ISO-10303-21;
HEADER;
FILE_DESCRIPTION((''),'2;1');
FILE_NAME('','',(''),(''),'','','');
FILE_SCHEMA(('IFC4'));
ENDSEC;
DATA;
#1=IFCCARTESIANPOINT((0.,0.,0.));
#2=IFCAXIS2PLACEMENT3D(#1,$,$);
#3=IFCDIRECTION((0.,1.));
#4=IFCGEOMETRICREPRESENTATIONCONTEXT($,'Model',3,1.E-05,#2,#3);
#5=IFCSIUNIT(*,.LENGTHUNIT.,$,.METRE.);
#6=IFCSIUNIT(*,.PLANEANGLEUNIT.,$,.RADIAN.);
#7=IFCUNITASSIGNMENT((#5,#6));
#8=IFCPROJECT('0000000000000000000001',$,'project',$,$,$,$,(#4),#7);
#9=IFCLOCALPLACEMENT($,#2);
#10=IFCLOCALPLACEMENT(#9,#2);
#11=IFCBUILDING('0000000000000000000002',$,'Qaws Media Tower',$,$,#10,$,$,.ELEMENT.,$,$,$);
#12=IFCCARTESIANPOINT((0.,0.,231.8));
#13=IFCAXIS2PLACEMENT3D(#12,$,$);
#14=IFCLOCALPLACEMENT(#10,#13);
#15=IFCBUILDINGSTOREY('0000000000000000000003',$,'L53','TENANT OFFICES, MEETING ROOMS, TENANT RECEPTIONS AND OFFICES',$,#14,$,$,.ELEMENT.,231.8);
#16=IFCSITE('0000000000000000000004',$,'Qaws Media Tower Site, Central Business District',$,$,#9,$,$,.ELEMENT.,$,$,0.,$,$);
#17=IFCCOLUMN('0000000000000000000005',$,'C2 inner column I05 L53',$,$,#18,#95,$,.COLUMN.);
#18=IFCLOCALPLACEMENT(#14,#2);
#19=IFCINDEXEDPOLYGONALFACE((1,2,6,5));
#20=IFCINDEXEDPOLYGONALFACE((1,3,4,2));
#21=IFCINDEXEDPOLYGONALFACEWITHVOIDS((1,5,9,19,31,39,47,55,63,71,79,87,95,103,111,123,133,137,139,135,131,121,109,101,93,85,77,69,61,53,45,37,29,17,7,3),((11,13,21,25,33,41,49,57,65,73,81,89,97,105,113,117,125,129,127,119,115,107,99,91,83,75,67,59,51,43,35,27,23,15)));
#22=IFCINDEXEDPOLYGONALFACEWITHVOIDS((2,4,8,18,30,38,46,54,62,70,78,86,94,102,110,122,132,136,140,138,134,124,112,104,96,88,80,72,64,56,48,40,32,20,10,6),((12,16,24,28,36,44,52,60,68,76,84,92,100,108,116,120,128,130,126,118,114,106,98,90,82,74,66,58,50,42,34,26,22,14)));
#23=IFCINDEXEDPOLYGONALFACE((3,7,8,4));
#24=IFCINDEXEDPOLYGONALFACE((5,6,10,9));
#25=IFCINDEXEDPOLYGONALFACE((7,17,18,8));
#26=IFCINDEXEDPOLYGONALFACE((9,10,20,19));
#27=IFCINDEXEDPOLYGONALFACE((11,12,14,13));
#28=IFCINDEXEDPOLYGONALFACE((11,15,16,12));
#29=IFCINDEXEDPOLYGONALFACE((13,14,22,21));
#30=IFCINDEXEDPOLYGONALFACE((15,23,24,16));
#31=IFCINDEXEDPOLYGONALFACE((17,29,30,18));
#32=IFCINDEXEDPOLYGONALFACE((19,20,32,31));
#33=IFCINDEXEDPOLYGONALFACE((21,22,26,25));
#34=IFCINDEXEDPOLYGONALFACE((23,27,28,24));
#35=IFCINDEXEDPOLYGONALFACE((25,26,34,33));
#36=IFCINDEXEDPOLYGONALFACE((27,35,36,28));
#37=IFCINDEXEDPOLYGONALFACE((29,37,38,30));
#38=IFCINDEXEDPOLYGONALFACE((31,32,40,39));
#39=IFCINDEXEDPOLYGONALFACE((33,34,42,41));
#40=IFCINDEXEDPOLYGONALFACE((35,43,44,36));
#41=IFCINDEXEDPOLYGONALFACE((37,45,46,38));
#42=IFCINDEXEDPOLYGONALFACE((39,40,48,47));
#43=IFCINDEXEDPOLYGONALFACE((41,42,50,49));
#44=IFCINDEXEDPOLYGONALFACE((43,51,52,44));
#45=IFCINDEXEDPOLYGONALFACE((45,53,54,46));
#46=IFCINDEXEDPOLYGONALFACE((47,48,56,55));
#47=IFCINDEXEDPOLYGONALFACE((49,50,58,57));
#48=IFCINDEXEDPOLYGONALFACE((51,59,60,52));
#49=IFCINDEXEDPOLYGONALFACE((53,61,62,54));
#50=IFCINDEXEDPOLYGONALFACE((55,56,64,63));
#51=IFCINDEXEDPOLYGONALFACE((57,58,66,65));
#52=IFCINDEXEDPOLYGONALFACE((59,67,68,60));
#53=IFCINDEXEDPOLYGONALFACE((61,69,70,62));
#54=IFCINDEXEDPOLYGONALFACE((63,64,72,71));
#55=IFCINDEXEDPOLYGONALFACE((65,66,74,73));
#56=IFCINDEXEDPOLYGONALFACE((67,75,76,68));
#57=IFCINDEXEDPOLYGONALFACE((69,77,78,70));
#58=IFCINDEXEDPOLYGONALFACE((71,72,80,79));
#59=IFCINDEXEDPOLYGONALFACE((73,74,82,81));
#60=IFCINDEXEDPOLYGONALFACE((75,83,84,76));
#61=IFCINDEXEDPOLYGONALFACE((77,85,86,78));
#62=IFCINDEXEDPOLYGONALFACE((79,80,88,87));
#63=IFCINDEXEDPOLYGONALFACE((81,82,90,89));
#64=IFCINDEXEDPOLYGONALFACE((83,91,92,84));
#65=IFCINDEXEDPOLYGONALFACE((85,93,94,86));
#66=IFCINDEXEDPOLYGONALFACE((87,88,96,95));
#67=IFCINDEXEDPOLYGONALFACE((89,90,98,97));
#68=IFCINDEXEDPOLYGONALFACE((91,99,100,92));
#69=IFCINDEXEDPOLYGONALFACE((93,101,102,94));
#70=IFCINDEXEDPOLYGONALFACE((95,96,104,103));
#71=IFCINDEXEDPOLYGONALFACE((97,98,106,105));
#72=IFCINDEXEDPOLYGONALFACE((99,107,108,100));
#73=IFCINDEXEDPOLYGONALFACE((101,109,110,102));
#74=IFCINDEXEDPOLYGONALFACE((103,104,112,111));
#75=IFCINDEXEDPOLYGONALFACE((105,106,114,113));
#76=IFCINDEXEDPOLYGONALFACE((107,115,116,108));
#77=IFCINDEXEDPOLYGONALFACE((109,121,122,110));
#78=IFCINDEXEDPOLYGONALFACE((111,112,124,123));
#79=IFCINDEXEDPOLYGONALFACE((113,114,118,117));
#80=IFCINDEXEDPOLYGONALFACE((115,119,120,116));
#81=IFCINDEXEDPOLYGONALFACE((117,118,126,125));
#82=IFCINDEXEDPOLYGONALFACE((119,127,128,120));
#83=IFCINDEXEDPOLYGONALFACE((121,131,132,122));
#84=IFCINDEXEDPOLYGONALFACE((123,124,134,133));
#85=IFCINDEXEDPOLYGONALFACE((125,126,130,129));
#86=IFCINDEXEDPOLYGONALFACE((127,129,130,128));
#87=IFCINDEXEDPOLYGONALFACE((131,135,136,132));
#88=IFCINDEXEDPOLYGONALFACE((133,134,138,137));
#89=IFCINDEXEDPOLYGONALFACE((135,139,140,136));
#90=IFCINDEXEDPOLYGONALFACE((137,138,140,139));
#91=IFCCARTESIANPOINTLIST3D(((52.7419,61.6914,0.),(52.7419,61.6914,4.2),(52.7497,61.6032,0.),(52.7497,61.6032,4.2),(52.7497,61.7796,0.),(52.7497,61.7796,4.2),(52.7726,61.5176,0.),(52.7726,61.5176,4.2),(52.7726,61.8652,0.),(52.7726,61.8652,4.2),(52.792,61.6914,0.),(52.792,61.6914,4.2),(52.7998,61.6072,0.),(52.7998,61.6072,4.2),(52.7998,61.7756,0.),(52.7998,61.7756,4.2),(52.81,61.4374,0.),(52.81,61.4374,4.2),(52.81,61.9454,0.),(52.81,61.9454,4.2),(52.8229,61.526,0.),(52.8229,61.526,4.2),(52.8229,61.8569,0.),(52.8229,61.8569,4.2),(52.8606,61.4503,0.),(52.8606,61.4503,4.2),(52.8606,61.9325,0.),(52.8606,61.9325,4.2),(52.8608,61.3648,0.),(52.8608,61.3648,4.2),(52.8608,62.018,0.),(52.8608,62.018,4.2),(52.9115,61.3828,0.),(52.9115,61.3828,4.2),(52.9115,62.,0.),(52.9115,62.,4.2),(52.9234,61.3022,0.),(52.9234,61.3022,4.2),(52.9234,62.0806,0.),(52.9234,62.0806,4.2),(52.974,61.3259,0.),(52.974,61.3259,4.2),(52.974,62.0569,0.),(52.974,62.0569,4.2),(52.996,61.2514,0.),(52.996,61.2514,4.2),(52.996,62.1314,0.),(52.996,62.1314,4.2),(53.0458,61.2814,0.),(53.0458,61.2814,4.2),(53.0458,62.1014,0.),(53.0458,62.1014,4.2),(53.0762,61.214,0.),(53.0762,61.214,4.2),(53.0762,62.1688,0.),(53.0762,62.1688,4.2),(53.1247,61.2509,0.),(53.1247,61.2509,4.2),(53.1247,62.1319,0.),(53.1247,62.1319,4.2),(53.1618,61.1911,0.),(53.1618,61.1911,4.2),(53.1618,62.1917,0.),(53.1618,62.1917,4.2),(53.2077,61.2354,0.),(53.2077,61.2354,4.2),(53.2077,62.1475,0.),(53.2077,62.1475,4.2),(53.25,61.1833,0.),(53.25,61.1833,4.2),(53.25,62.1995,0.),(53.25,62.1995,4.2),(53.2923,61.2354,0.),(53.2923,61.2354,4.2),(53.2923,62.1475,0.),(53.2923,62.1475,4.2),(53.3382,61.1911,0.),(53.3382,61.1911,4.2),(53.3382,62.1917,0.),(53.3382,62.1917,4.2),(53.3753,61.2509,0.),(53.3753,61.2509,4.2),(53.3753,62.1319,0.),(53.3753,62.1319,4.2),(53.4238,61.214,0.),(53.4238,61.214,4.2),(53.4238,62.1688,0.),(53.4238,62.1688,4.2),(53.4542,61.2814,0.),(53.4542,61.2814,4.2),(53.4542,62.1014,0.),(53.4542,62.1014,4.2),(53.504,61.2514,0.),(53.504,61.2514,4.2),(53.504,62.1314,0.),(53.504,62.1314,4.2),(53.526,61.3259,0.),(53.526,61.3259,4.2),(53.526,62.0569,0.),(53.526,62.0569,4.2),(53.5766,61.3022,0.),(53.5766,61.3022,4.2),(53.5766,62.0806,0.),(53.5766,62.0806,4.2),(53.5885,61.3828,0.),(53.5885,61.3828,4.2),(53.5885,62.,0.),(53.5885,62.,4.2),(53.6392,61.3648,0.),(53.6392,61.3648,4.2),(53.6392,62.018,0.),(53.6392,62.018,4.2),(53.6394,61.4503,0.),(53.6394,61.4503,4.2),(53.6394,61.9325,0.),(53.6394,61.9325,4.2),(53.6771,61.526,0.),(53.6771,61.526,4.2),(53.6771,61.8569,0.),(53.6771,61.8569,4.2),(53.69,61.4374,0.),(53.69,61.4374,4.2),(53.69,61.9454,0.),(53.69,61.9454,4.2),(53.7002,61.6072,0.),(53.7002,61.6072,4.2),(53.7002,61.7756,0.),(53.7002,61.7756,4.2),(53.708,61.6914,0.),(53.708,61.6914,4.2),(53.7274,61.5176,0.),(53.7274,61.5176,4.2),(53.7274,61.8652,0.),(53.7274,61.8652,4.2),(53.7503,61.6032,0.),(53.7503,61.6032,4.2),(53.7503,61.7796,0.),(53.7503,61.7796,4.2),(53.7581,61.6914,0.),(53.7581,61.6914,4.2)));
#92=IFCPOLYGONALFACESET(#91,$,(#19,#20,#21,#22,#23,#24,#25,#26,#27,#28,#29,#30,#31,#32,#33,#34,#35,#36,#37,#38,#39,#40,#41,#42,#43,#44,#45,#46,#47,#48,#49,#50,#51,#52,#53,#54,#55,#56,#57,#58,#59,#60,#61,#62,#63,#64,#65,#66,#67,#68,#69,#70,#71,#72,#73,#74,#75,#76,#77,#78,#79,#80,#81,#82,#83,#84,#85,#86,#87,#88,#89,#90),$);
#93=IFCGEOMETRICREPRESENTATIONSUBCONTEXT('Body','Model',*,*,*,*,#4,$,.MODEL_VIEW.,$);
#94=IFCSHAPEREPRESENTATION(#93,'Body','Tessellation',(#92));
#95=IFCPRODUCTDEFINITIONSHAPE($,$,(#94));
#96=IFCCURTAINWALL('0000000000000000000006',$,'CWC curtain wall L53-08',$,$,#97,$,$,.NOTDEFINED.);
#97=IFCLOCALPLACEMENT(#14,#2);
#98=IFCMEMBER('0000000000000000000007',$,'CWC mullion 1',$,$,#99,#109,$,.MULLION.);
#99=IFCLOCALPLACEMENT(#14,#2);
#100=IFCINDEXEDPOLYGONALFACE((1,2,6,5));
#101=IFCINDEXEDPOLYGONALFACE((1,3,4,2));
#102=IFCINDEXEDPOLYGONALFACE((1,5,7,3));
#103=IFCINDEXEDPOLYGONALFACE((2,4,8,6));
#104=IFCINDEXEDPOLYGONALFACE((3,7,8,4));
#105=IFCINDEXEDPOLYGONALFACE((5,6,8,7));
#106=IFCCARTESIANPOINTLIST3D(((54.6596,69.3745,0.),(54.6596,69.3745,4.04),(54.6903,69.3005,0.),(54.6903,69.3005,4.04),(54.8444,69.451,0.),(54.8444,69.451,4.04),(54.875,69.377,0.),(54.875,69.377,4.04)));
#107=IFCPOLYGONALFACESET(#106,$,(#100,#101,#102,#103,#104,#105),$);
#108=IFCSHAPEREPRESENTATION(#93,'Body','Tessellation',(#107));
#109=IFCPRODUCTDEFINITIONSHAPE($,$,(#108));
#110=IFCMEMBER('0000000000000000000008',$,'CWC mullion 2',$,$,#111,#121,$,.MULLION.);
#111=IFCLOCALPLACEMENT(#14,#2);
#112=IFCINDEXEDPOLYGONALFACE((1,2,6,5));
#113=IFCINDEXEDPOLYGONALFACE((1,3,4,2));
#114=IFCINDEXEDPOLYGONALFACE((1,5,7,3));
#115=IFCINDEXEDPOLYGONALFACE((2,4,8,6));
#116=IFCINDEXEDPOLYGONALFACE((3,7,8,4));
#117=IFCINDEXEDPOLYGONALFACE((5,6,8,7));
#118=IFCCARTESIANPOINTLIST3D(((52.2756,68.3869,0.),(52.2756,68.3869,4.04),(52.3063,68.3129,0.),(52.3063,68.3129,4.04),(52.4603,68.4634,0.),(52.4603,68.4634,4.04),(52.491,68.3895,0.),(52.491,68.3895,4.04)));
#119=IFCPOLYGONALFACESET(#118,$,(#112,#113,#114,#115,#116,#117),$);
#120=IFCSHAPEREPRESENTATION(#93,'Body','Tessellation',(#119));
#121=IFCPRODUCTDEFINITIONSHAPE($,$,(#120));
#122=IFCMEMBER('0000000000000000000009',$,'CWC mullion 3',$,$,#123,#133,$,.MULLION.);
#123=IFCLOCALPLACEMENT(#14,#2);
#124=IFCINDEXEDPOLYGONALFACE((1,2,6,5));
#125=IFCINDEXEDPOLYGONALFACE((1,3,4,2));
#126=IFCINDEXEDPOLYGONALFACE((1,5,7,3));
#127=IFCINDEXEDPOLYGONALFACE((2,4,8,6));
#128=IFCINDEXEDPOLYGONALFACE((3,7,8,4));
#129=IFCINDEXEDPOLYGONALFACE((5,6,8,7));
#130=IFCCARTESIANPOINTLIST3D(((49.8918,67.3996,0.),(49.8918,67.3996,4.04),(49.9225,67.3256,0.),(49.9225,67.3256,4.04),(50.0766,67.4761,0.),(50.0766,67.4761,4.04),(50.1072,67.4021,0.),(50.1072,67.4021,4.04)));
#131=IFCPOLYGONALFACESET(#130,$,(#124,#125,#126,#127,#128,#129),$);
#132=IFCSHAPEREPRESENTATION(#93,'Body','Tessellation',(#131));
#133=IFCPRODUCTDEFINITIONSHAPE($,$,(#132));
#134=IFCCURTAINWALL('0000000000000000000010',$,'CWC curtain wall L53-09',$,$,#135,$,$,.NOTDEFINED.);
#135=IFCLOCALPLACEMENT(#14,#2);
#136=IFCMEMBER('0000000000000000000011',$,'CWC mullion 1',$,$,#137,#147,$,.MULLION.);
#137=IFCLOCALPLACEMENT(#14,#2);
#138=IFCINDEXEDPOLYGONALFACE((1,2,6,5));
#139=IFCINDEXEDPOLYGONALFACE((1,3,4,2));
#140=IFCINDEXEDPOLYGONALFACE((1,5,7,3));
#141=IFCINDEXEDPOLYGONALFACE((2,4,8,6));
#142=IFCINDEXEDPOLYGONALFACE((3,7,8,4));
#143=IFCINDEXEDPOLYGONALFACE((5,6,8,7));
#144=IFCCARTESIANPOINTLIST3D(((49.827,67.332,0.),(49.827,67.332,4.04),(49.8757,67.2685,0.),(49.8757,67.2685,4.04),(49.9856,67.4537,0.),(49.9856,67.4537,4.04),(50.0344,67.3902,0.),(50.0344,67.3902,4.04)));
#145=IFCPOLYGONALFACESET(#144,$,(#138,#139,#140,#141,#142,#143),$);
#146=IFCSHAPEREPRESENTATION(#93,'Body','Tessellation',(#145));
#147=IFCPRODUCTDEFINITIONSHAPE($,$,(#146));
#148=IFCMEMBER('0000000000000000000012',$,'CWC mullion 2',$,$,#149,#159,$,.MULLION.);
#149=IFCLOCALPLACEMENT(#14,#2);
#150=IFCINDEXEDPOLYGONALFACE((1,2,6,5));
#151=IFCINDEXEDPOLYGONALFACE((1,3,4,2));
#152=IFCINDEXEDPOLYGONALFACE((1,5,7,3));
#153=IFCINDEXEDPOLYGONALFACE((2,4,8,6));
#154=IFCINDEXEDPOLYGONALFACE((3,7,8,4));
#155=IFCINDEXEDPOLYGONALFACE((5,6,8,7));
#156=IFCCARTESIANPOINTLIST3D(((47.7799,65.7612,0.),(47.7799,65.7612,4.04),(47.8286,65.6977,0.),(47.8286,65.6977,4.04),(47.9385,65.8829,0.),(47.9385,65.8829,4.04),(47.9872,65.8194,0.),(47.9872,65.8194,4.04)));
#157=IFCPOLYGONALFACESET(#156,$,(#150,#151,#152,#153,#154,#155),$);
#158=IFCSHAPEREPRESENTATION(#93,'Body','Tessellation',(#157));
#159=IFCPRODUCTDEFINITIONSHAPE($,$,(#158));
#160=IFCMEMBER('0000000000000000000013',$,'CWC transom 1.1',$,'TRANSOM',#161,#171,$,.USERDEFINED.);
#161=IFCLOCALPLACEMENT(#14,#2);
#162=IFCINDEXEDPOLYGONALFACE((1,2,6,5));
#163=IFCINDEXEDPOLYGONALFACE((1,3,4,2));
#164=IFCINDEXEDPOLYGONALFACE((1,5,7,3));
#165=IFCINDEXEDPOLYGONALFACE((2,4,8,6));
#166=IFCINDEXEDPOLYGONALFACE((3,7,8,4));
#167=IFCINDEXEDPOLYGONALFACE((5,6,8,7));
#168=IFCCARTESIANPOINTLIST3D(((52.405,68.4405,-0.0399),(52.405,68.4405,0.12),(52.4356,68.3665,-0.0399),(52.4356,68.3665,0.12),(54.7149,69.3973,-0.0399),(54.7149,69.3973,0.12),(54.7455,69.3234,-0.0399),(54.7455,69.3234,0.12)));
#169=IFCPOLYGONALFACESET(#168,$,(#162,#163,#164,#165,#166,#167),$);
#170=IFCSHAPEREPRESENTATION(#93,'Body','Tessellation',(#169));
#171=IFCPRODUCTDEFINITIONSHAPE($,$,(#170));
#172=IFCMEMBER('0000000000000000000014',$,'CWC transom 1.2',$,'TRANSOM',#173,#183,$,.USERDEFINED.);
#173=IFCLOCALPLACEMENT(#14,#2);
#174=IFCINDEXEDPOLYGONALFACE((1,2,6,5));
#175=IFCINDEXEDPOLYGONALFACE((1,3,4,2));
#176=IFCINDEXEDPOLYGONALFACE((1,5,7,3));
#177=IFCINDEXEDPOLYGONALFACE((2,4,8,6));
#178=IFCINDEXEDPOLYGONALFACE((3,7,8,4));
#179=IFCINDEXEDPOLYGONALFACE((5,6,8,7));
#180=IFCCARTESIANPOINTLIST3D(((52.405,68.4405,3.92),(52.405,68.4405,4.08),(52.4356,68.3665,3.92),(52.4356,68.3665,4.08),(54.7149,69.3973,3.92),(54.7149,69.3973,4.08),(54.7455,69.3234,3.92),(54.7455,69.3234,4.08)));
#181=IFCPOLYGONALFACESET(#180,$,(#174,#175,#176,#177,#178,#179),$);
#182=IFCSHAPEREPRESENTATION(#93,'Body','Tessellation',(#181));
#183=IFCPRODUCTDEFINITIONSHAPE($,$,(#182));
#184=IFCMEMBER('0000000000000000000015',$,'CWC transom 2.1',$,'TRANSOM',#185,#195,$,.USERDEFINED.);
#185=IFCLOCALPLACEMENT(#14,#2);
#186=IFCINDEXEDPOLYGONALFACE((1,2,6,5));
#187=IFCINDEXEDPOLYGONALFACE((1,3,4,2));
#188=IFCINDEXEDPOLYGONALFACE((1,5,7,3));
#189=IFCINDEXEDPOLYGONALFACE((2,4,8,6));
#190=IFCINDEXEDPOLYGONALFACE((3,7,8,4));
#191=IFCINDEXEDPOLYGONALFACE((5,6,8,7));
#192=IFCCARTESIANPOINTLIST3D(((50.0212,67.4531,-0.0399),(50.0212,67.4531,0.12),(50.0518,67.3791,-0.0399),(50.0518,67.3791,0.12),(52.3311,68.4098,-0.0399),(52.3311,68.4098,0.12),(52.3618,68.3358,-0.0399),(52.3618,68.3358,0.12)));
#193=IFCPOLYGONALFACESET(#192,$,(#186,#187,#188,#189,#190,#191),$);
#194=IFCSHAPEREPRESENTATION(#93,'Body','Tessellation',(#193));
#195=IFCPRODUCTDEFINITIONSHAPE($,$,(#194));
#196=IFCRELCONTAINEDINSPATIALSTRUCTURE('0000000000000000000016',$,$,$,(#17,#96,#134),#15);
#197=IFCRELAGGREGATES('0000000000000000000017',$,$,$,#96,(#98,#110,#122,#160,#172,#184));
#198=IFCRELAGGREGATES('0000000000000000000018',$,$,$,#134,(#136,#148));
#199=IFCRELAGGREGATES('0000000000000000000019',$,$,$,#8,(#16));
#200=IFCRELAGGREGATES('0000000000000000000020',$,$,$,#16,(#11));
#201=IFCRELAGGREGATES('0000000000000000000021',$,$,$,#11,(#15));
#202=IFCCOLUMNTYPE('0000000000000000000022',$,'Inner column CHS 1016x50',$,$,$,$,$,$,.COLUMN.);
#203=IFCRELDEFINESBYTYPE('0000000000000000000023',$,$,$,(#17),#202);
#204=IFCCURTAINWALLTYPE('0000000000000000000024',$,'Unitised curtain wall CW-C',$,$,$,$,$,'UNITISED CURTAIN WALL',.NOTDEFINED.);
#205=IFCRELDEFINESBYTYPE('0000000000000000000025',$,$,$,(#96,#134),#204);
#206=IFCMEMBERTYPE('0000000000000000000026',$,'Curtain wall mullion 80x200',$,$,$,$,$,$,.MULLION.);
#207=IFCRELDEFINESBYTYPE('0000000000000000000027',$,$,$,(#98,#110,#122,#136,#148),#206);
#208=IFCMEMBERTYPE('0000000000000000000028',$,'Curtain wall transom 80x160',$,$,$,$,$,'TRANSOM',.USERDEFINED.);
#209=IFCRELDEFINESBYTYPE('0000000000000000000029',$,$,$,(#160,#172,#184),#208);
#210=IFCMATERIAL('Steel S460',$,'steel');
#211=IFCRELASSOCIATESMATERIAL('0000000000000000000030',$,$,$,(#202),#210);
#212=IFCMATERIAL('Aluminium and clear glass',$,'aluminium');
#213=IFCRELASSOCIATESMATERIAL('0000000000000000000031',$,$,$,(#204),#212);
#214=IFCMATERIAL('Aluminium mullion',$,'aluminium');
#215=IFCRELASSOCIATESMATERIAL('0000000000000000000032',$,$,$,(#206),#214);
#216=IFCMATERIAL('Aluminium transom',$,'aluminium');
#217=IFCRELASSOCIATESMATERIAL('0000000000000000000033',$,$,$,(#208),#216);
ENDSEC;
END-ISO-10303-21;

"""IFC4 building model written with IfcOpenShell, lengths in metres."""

from ifc_helpers import new_model, si_unit, direction, frame, origin, origin_2d, place, context, subcontext, project, spatial, rectangle, hollow_circle, extrude, material, material_profile, profile_set, type_object, element, aggregate, save


model = new_model("IFC4")

# Units and contexts
model_context = context("Model", 3, precision=1e-05, world=origin(), true_north=direction((0.0, 1.0)))
body_context = subcontext(model_context, "Body", "Model", "MODEL_VIEW")
ifc_project = project(units=[si_unit("LENGTHUNIT", "METRE"), si_unit("PLANEANGLEUNIT", "RADIAN")], contexts=[model_context])

# Site, building, storey
site_placement = place(None, origin())
site = spatial("IfcSite", under=ifc_project, at=site_placement, Name="Qaws Media Tower Site, Central Business District", CompositionType="ELEMENT", RefElevation=0.0)
building_placement = place(site_placement, origin())
building = spatial("IfcBuilding", under=site, at=building_placement, Name="Qaws Media Tower", CompositionType="ELEMENT")
storey_placement = place(building_placement, frame((0.0, 0.0, 231.8)))
storey = spatial("IfcBuildingStorey", under=building, at=storey_placement, Name="L53", Description="TENANT OFFICES, MEETING ROOMS, TENANT RECEPTIONS AND OFFICES", CompositionType="ELEMENT", Elevation=231.8)

# Column
ifc_material_1 = material(Name="Steel S460", Category="steel")
ifc_material_profile_1 = material_profile(ifc_material_1, hollow_circle(Radius=0.5081, WallThickness=0.05, at=origin_2d()), Name="CHS 1016x50")
ifc_profile_set_1 = profile_set([ifc_material_profile_1], Name="Steel S460")
column_type = type_object("IfcColumnType", Name="Inner column CHS 1016x50", PredefinedType="COLUMN", material=ifc_profile_set_1)
column_placement = place(storey_placement, frame((53.25, 61.6914, 0.0), z_axis=(0.0, 0.0, 1.0), x_axis=(1.0, 0.0, 0.0)))
element("IfcColumn", 1, at=column_placement, inside=storey, type_object=column_type, Name="C2 inner column I05 L53", PredefinedType="COLUMN", context=body_context, shape_type="SweptSolid", body=[
    extrude(hollow_circle(Radius=0.5081, WallThickness=0.05, at=origin_2d()), origin(), (0.0, 0.0, 1.0), 4.2),
])

# Curtain walls, members
ifc_material_2 = material(Name="Aluminium and clear glass", Category="aluminium")
curtain_wall_type = type_object("IfcCurtainWallType", Name="Unitised curtain wall CW-C", ElementType="UNITISED CURTAIN WALL", PredefinedType="NOTDEFINED", material=ifc_material_2)
curtain_wall_1_placement = place(storey_placement, origin())
curtain_wall_1 = element("IfcCurtainWall", 2, at=curtain_wall_1_placement, inside=storey, type_object=curtain_wall_type, Name="CWC curtain wall L53-08", PredefinedType="NOTDEFINED")
ifc_material_3 = material(Name="Aluminium mullion", Category="aluminium")
ifc_material_profile_2 = material_profile(ifc_material_3, rectangle(XDim=0.0801, YDim=0.2, at=origin_2d()), Name="80x200")
ifc_profile_set_2 = profile_set([ifc_material_profile_2], Name="Aluminium mullion")
member_type_1 = type_object("IfcMemberType", Name="Curtain wall mullion 80x200", PredefinedType="MULLION", material=ifc_profile_set_2)
member_1_placement = place(storey_placement, frame((54.7673, 69.3757, 0.0), z_axis=(0.0, 0.0, 1.0), x_axis=(0.382683, -0.92388, 0.0)))
member_1 = element("IfcMember", 3, at=member_1_placement, type_object=member_type_1, Name="CWC mullion 1", PredefinedType="MULLION", context=body_context, shape_type="SweptSolid", body=[
    extrude(rectangle(XDim=0.0801, YDim=0.2, at=origin_2d()), origin(), (0.0, 0.0, 1.0), 4.04),
])
member_2_placement = place(storey_placement, frame((52.3833, 68.3882, 0.0), z_axis=(0.0, 0.0, 1.0), x_axis=(0.382683, -0.92388, 0.0)))
member_2 = element("IfcMember", 4, at=member_2_placement, type_object=member_type_1, Name="CWC mullion 2", PredefinedType="MULLION", context=body_context, shape_type="SweptSolid", body=[
    extrude(rectangle(XDim=0.0801, YDim=0.2, at=origin_2d()), origin(), (0.0, 0.0, 1.0), 4.04),
])
member_3_placement = place(storey_placement, frame((49.9995, 67.4009, 0.0), z_axis=(0.0, 0.0, 1.0), x_axis=(0.382683, -0.92388, 0.0)))
member_3 = element("IfcMember", 5, at=member_3_placement, type_object=member_type_1, Name="CWC mullion 3", PredefinedType="MULLION", context=body_context, shape_type="SweptSolid", body=[
    extrude(rectangle(XDim=0.0801, YDim=0.2, at=origin_2d()), origin(), (0.0, 0.0, 1.0), 4.04),
])
curtain_wall_2_placement = place(storey_placement, origin())
curtain_wall_2 = element("IfcCurtainWall", 6, at=curtain_wall_2_placement, inside=storey, type_object=curtain_wall_type, Name="CWC curtain wall L53-09", PredefinedType="NOTDEFINED")
member_4_placement = place(storey_placement, frame((49.9307, 67.3611, 0.0), z_axis=(0.0, 0.0, 1.0), x_axis=(0.608761, -0.793353, 0.0)))
member_4 = element("IfcMember", 7, at=member_4_placement, type_object=member_type_1, Name="CWC mullion 1", PredefinedType="MULLION", context=body_context, shape_type="SweptSolid", body=[
    extrude(rectangle(XDim=0.0801, YDim=0.2, at=origin_2d()), origin(), (0.0, 0.0, 1.0), 4.04),
])
member_5_placement = place(storey_placement, frame((47.8835, 65.7903, 0.0), z_axis=(0.0, 0.0, 1.0), x_axis=(0.608761, -0.793353, 0.0)))
member_5 = element("IfcMember", 8, at=member_5_placement, type_object=member_type_1, Name="CWC mullion 2", PredefinedType="MULLION", context=body_context, shape_type="SweptSolid", body=[
    extrude(rectangle(XDim=0.0801, YDim=0.2, at=origin_2d()), origin(), (0.0, 0.0, 1.0), 4.04),
])

# Members
ifc_material_4 = material(Name="Aluminium transom", Category="aluminium")
ifc_material_profile_3 = material_profile(ifc_material_4, rectangle(XDim=0.0801, YDim=0.1599, at=origin_2d()), Name="80x160")
ifc_profile_set_3 = profile_set([ifc_material_profile_3], Name="Aluminium transom")
member_type_2 = type_object("IfcMemberType", Name="Curtain wall transom 80x160", ElementType="TRANSOM", PredefinedType="USERDEFINED", material=ifc_profile_set_3)
member_6_placement = place(storey_placement, frame((54.7302, 69.3604, 0.04), z_axis=(-0.923875, -0.382694, 0.0), x_axis=(0.382694, -0.923875, 0.0)))
member_6 = element("IfcMember", 9, at=member_6_placement, type_object=member_type_2, Name="CWC transom 1.1", ObjectType="TRANSOM", PredefinedType="USERDEFINED", context=body_context, shape_type="SweptSolid", body=[
    extrude(rectangle(XDim=0.0801, YDim=0.1599, at=origin_2d()), origin(), (0.0, 0.0, 1.0), 2.5002),
])
member_7_placement = place(storey_placement, frame((54.7302, 69.3604, 4.0), z_axis=(-0.923875, -0.382694, 0.0), x_axis=(0.382694, -0.923875, 0.0)))
member_7 = element("IfcMember", 10, at=member_7_placement, type_object=member_type_2, Name="CWC transom 1.2", ObjectType="TRANSOM", PredefinedType="USERDEFINED", context=body_context, shape_type="SweptSolid", body=[
    extrude(rectangle(XDim=0.0801, YDim=0.1599, at=origin_2d()), origin(), (0.0, 0.0, 1.0), 2.5002),
])
member_8_placement = place(storey_placement, frame((52.3464, 68.3728, 0.04), z_axis=(-0.923889, -0.382659, 0.0), x_axis=(0.382659, -0.923889, 0.0)))
member_8 = element("IfcMember", 11, at=member_8_placement, type_object=member_type_2, Name="CWC transom 2.1", ObjectType="TRANSOM", PredefinedType="USERDEFINED", context=body_context, shape_type="SweptSolid", body=[
    extrude(rectangle(XDim=0.0801, YDim=0.1599, at=origin_2d()), origin(), (0.0, 0.0, 1.0), 2.5002),
])

aggregate(curtain_wall_1, [member_1, member_2, member_3, member_6, member_7, member_8])
aggregate(curtain_wall_2, [member_4, member_5])

save(model, "model.ifc")
